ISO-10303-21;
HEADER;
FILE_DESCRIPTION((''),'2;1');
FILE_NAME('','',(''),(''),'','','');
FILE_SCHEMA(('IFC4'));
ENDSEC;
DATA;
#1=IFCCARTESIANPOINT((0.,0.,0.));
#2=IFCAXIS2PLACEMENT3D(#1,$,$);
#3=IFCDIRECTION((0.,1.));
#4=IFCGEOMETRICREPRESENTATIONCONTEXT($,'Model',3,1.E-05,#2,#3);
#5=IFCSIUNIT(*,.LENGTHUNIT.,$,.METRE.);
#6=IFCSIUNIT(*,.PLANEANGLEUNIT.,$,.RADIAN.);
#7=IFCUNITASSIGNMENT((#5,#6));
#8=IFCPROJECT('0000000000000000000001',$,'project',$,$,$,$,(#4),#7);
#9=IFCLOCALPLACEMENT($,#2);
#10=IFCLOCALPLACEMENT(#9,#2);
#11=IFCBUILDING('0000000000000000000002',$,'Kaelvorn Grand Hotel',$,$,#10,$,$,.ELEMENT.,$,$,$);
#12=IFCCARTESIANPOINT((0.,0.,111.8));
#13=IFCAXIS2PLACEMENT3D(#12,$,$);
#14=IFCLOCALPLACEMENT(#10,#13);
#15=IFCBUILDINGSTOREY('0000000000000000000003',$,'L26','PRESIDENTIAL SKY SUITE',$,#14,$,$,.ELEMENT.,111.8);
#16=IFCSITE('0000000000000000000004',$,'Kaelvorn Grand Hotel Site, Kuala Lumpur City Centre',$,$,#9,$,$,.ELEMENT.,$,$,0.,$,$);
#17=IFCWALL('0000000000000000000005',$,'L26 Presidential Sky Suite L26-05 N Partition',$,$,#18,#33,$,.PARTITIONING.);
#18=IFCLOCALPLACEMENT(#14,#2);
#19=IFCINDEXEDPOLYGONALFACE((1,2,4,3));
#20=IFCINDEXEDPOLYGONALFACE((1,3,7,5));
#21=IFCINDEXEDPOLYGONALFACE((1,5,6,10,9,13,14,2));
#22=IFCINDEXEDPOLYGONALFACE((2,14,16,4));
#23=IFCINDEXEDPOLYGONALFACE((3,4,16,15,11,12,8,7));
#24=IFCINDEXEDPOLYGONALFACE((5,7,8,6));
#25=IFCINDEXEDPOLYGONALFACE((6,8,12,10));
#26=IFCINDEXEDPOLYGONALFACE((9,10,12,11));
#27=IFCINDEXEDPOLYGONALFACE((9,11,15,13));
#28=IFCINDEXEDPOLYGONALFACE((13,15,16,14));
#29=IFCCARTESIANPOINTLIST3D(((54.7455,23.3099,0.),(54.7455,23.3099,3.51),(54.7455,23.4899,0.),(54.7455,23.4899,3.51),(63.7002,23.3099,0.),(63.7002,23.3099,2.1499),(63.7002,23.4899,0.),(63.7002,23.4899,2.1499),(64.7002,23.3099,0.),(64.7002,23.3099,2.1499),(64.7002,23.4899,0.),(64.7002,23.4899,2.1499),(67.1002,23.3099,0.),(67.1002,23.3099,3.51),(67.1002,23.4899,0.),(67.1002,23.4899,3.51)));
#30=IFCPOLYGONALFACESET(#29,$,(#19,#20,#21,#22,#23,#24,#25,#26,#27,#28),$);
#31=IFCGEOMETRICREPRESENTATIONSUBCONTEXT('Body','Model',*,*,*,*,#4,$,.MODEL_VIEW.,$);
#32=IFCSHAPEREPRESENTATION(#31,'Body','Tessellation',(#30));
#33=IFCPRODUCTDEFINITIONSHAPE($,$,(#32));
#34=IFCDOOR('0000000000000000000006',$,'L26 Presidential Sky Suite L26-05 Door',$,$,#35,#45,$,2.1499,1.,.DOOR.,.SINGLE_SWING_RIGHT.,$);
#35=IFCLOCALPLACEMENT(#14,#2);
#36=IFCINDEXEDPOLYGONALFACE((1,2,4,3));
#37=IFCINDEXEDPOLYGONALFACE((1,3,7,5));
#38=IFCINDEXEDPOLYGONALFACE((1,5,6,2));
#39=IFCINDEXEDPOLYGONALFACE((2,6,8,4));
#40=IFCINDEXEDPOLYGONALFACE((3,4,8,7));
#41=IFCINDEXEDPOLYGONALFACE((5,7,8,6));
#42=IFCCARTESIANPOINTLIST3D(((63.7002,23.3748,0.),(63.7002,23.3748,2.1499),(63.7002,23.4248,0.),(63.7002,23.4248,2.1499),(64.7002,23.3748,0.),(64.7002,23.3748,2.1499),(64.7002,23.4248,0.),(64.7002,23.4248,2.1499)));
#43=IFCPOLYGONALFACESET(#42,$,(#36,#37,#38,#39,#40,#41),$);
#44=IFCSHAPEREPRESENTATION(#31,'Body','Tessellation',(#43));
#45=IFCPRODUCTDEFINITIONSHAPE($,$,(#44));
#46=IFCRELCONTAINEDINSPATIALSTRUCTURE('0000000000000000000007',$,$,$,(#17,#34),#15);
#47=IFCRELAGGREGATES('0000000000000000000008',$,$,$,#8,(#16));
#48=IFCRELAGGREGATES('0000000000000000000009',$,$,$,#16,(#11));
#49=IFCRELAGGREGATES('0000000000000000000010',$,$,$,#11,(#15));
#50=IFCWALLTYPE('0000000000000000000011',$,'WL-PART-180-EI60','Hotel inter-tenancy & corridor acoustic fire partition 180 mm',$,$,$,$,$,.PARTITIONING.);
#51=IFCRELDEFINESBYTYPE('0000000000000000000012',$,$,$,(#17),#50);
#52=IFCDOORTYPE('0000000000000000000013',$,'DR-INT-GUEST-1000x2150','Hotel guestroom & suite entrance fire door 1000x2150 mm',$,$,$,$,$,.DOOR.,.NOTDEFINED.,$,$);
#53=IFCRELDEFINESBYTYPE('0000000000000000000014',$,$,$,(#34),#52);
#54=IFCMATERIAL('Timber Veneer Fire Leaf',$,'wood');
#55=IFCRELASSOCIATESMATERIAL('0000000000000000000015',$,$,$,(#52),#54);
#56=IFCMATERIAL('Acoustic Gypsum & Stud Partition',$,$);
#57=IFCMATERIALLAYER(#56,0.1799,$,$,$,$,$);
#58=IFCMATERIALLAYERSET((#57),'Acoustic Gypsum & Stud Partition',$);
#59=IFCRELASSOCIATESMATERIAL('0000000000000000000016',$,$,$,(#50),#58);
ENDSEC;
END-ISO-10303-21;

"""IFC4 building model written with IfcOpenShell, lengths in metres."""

from ifc_helpers import new_model, si_unit, direction, frame, frame_2d, origin, place, context, subcontext, project, spatial, rectangle, extrude, material, layer, layer_set, type_object, element, fill, save


model = new_model("IFC4")

# Units and contexts
model_context = context("Model", 3, precision=1e-05, world=origin(), true_north=direction((0.0, 1.0)))
body_context = subcontext(model_context, "Body", "Model", "MODEL_VIEW")
ifc_project = project(units=[si_unit("LENGTHUNIT", "METRE"), si_unit("PLANEANGLEUNIT", "RADIAN")], contexts=[model_context])

# Site, building, storey
site_placement = place(None, origin())
site = spatial("IfcSite", under=ifc_project, at=site_placement, Name="Kaelvorn Grand Hotel Site, Kuala Lumpur City Centre", CompositionType="ELEMENT", RefElevation=0.0)
building_placement = place(site_placement, origin())
building = spatial("IfcBuilding", under=site, at=building_placement, Name="Kaelvorn Grand Hotel", CompositionType="ELEMENT")
storey_placement = place(building_placement, frame((0.0, 0.0, 111.8)))
storey = spatial("IfcBuildingStorey", under=building, at=storey_placement, Name="L26", Description="PRESIDENTIAL SKY SUITE", CompositionType="ELEMENT", Elevation=111.8)

# Shared definitions
ifc_material_1 = material(Name="Acoustic Gypsum & Stud Partition")

# Shared definitions
ifc_material_2 = material(Name="Timber Veneer Fire Leaf", Category="wood")
door_type_1 = type_object("IfcDoorType", Name="DR-INT-GUEST-1000x2150", Description="Hotel guestroom & suite entrance fire door 1000x2150 mm", OperationType="NOTDEFINED", PredefinedType="DOOR", material=ifc_material_2)

# Wall, opening, door
ifc_layer_1 = layer(ifc_material_1, 0.1799)
ifc_layer_set_1 = layer_set([ifc_layer_1], Name="Acoustic Gypsum & Stud Partition")
wall_type_1 = type_object("IfcWallType", Name="WL-PART-180-EI60", Description="Hotel inter-tenancy & corridor acoustic fire partition 180 mm", PredefinedType="PARTITIONING", material=ifc_layer_set_1)
wall_1_placement = place(storey_placement, frame((54.7456, 23.3999, 0.0), z_axis=(0.0, 0.0, 1.0), x_axis=(1.0, 0.0, 0.0)))
wall_1 = element("IfcWall", 1, at=wall_1_placement, inside=storey, type_object=wall_type_1, Name="L26 Presidential Sky Suite L26-05 N Partition", PredefinedType="PARTITIONING", context=body_context, shape_type="SweptSolid", body=[
    extrude(rectangle(XDim=12.3547, YDim=0.1799, at=frame_2d((6.1772, 0.0))), origin(), (0.0, 0.0, 1.0), 3.51),
])
opening_1_placement = place(wall_1_placement, frame((8.9546, 0.0, 0.0)))
opening_1 = element("IfcOpeningElement", 2, at=opening_1_placement, cuts=wall_1, PredefinedType="OPENING", context=body_context, shape_type="SweptSolid", body=[
    extrude(rectangle(XDim=1.0, YDim=2.1499, at=frame_2d((0.5, 1.075))), frame((0.0, 0.1001, 0.0), z_axis=(0.0, -1.0, 0.0), x_axis=(1.0, 0.0, 0.0)), (0.0, 0.0, 1.0), 0.2),
])
door_1_placement = place(opening_1_placement, origin())
door_1 = element("IfcDoor", 3, at=door_1_placement, inside=storey, type_object=door_type_1, Name="L26 Presidential Sky Suite L26-05 Door", OperationType="SINGLE_SWING_RIGHT", OverallHeight=2.1499, OverallWidth=1.0, PredefinedType="DOOR", context=body_context, shape_type="SweptSolid", body=[
    extrude(rectangle(XDim=1.0, YDim=2.1499, at=frame_2d((0.5, 1.075))), frame((0.0, 0.0249, 0.0), z_axis=(0.0, -1.0, 0.0), x_axis=(1.0, 0.0, 0.0)), (0.0, 0.0, 1.0), 0.05),
])
fill(opening_1, door_1)

save(model, "model.ifc")
